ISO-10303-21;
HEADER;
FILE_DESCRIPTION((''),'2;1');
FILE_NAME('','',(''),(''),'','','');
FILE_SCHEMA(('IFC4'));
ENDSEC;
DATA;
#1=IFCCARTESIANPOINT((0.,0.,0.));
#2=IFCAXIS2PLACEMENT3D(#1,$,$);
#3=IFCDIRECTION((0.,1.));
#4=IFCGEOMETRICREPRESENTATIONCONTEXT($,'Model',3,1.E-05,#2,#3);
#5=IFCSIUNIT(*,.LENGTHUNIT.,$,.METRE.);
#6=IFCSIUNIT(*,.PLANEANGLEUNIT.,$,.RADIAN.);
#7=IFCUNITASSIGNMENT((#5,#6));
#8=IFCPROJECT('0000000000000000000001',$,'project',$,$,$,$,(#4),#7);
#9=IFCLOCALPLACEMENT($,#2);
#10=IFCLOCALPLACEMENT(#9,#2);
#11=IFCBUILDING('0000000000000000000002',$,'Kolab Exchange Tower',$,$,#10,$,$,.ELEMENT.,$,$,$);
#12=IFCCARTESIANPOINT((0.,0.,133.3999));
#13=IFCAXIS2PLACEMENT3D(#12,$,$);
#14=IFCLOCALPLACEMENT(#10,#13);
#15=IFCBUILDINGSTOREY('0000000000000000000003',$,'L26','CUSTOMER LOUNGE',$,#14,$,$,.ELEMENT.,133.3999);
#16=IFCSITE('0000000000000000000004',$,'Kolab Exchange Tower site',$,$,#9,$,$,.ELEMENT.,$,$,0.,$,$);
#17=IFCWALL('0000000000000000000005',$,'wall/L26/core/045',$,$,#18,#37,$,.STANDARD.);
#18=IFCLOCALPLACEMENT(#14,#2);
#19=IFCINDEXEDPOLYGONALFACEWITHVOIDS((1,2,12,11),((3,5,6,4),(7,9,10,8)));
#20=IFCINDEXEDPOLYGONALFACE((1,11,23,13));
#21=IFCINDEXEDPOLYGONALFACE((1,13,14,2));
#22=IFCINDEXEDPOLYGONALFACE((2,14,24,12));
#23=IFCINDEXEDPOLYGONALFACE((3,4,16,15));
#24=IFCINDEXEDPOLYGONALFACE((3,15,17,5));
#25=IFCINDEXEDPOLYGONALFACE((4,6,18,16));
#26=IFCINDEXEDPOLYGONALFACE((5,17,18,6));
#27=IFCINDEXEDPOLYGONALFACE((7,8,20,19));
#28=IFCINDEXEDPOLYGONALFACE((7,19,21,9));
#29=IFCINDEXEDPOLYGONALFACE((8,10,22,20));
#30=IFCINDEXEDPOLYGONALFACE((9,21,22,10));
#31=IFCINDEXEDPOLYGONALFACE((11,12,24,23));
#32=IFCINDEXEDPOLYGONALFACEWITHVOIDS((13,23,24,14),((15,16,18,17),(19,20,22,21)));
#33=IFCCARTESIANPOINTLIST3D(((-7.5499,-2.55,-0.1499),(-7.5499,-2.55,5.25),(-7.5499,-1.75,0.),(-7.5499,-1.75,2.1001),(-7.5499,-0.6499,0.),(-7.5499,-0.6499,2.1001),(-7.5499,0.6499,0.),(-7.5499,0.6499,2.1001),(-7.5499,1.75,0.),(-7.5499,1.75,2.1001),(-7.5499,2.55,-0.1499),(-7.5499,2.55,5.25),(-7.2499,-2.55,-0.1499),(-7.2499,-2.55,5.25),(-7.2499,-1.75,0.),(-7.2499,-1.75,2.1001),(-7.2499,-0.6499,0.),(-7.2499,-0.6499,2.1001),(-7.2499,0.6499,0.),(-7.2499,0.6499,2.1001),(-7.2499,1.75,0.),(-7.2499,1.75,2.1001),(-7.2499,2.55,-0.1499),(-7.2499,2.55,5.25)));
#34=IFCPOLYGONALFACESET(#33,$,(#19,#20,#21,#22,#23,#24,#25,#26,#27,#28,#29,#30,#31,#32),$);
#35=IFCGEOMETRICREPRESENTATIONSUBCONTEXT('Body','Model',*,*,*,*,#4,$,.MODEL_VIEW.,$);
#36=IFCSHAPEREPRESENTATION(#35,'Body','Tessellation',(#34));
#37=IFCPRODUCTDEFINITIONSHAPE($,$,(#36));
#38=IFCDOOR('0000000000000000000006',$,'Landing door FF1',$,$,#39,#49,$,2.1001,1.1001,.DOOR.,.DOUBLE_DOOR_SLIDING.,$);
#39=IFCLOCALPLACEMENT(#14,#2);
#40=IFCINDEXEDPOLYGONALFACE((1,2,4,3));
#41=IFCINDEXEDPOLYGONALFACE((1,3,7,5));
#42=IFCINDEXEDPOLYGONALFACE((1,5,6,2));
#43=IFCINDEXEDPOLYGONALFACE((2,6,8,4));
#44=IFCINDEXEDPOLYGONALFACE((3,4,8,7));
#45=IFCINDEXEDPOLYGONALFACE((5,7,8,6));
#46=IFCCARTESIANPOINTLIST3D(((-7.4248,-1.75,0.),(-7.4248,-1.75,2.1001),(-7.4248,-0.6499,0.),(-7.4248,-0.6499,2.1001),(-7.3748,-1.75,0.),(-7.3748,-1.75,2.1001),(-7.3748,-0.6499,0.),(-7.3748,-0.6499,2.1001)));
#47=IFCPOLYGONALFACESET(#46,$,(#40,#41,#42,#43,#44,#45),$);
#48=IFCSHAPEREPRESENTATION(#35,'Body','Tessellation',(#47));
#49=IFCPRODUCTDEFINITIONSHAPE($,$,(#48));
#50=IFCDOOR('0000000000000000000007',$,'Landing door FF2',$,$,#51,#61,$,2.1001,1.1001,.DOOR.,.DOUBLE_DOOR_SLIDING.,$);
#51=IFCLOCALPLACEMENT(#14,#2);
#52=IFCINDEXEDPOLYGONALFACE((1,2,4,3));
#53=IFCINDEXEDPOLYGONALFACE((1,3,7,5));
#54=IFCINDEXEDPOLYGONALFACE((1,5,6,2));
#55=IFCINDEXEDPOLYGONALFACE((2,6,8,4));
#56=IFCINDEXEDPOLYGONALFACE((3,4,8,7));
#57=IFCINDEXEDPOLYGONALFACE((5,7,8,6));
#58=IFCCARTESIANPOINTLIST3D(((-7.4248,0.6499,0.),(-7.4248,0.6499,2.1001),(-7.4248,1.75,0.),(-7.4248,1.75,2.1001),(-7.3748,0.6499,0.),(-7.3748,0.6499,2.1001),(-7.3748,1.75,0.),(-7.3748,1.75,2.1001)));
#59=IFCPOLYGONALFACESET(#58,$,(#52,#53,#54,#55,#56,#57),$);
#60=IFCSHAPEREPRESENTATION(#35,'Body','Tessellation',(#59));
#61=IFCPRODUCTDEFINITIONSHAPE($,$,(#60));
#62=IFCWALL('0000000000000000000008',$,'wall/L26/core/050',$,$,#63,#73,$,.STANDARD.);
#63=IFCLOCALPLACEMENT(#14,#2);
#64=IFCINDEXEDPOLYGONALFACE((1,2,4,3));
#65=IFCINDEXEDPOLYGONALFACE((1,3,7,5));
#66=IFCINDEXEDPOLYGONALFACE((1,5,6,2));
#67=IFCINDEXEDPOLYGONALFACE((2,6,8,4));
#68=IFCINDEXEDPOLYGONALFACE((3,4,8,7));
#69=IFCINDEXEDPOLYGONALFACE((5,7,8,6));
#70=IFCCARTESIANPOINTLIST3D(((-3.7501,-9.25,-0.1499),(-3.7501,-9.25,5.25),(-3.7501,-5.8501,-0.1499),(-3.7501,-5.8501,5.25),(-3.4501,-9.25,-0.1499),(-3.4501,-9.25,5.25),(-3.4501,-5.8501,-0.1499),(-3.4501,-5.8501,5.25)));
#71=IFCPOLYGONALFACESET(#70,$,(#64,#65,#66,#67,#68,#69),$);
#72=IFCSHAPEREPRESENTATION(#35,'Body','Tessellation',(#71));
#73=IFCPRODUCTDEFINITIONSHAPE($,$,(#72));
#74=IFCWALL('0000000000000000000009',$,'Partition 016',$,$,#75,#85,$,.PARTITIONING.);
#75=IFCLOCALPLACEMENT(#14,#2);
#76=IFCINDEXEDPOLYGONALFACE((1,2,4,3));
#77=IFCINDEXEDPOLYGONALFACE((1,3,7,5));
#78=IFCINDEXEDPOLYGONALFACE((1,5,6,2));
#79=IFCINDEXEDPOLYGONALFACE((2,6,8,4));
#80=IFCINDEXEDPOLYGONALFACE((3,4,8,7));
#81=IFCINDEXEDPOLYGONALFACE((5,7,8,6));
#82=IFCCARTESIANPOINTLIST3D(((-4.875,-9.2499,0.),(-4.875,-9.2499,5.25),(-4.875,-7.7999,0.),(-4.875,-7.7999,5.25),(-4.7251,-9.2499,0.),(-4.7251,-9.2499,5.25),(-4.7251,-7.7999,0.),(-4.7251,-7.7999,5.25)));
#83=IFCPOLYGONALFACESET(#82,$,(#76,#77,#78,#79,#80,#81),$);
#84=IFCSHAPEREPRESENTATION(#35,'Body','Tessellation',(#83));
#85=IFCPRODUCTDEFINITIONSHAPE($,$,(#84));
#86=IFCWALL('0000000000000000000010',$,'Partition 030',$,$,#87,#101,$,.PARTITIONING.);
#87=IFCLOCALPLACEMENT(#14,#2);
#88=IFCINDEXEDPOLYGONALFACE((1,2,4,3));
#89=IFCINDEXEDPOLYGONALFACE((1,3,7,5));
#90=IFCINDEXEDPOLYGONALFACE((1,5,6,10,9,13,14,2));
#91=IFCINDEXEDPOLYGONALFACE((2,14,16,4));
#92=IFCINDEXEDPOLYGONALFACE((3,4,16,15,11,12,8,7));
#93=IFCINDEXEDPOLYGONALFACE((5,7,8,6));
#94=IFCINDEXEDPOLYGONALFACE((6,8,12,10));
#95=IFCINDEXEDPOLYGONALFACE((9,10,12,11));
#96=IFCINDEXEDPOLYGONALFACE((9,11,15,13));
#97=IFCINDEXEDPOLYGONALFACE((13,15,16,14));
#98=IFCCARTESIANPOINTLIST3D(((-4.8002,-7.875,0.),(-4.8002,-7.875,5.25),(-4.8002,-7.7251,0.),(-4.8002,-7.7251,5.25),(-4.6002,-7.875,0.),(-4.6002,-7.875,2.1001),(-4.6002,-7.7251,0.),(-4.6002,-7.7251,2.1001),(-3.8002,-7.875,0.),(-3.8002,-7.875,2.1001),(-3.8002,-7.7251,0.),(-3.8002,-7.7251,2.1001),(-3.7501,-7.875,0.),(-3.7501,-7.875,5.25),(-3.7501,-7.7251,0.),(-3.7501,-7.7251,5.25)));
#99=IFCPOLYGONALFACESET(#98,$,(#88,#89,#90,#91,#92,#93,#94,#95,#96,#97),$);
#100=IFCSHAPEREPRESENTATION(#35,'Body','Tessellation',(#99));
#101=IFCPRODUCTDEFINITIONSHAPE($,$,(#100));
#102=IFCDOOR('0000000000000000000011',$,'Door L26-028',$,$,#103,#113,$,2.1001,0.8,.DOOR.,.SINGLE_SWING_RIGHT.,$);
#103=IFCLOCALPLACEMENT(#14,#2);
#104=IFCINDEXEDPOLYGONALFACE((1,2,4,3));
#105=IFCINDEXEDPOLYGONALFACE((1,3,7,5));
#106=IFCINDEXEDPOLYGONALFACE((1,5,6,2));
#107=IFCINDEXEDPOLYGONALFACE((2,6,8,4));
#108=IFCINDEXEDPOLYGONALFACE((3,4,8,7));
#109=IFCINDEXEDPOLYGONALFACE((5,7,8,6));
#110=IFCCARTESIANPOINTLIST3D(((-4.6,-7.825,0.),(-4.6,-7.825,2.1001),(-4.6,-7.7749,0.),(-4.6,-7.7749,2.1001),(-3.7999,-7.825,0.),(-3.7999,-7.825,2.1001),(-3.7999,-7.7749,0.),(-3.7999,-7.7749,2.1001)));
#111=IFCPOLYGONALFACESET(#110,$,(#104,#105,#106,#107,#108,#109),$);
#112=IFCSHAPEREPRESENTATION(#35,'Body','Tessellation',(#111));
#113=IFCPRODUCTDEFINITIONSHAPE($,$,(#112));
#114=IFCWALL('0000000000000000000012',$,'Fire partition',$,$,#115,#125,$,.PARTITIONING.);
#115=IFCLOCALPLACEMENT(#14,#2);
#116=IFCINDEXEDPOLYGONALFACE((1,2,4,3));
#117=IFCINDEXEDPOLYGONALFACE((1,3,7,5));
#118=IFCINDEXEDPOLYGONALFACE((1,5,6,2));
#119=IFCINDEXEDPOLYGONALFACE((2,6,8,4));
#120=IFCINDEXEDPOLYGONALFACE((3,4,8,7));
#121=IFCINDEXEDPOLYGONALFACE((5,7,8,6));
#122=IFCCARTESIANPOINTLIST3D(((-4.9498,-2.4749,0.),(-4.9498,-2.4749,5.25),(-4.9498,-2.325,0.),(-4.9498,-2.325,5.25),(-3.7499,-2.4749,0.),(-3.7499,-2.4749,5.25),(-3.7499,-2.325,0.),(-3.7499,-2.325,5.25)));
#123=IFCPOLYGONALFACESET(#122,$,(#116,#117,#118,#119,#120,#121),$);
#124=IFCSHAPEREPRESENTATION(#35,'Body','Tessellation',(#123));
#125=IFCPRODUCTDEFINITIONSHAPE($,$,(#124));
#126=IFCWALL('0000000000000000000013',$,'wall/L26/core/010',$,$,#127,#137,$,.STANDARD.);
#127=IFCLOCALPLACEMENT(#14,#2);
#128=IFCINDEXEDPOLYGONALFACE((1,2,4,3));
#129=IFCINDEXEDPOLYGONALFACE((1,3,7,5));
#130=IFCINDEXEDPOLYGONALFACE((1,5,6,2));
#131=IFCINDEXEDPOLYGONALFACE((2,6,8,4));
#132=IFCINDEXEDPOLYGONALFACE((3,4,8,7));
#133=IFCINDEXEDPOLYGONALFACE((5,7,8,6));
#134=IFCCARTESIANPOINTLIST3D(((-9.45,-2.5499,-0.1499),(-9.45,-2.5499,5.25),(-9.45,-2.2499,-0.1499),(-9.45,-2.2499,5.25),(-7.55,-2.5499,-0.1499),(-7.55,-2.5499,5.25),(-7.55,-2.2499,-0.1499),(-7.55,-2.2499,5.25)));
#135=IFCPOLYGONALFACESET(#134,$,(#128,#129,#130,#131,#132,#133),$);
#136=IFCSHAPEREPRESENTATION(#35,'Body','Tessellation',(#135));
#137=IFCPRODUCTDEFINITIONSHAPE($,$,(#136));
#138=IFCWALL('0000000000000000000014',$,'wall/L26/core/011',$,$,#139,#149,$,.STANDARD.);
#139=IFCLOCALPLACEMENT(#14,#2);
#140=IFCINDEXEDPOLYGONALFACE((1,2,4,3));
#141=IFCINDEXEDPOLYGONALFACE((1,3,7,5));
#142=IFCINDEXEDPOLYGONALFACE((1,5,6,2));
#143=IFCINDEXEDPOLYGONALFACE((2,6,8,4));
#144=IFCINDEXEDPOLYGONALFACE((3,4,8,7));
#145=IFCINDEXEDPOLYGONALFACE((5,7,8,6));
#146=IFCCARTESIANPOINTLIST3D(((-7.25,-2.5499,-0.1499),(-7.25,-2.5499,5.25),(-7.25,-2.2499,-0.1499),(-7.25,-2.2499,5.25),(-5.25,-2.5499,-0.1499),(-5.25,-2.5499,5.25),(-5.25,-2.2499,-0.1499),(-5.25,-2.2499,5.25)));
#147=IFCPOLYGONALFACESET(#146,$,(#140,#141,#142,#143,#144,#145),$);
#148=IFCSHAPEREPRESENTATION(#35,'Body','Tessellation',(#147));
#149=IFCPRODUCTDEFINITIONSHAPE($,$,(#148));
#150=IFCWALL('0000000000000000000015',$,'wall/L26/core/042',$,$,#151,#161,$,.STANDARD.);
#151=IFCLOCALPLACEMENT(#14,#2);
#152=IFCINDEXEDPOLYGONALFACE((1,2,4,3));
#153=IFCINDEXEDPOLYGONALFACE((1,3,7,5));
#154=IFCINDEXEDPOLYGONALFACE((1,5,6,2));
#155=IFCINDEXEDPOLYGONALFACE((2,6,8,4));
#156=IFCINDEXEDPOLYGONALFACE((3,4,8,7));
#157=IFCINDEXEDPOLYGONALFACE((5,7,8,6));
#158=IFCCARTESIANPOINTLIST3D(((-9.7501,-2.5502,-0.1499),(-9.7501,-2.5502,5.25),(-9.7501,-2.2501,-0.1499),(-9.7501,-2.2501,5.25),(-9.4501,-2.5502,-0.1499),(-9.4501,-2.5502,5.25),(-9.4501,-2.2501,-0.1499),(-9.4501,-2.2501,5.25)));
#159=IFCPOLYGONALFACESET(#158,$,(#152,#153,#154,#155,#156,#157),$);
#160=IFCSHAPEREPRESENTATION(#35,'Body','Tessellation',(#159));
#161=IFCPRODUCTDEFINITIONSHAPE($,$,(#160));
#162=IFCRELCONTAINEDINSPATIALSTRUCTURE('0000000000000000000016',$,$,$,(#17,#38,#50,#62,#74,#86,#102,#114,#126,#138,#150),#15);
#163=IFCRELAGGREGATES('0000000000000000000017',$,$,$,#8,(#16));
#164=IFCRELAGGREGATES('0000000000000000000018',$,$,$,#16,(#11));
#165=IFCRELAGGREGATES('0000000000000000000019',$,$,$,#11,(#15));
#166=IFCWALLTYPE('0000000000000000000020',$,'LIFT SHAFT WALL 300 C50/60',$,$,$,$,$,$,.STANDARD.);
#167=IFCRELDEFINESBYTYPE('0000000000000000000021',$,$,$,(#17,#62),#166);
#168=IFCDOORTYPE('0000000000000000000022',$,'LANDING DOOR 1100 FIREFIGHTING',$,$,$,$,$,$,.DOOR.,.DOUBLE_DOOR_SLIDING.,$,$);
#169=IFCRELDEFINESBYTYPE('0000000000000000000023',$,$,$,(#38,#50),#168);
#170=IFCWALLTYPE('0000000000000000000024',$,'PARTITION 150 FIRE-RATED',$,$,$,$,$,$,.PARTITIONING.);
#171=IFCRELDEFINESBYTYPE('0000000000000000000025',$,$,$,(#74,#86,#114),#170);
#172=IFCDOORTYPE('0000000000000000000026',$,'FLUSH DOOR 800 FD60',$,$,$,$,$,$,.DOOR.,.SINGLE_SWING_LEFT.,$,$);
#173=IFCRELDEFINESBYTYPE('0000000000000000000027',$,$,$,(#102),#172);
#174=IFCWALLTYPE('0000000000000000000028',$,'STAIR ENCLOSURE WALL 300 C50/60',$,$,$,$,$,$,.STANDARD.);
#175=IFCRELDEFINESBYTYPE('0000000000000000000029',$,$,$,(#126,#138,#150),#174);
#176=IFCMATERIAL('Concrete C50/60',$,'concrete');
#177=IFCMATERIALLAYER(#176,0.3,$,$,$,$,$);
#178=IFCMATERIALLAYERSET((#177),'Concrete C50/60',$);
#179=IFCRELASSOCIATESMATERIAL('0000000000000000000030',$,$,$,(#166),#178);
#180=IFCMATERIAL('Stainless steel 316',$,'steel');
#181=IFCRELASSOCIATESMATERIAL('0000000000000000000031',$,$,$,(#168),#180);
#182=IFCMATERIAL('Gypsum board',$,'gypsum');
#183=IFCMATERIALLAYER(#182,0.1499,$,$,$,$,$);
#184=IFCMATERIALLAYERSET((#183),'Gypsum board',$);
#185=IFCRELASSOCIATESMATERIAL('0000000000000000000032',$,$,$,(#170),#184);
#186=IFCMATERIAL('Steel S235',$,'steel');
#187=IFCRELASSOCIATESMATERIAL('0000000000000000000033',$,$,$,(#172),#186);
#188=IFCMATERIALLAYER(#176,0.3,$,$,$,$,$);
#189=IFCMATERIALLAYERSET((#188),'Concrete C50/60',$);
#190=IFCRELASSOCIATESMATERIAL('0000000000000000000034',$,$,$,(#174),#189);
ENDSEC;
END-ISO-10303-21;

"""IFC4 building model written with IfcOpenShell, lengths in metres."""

from ifc_helpers import new_model, si_unit, direction, frame, frame_2d, origin, place, context, subcontext, project, spatial, rectangle, extrude, material, layer, layer_set, type_object, element, fill, save


model = new_model("IFC4")

# Units and contexts
model_context = context("Model", 3, precision=1e-05, world=origin(), true_north=direction((0.0, 1.0)))
body_context = subcontext(model_context, "Body", "Model", "MODEL_VIEW")
ifc_project = project(units=[si_unit("LENGTHUNIT", "METRE"), si_unit("PLANEANGLEUNIT", "RADIAN")], contexts=[model_context])

# Site, building, storey
site_placement = place(None, origin())
site = spatial("IfcSite", under=ifc_project, at=site_placement, Name="Kolab Exchange Tower site", CompositionType="ELEMENT", RefElevation=0.0)
building_placement = place(site_placement, origin())
building = spatial("IfcBuilding", under=site, at=building_placement, Name="Kolab Exchange Tower", CompositionType="ELEMENT")
storey_placement = place(building_placement, frame((0.0, 0.0, 133.3999)))
storey = spatial("IfcBuildingStorey", under=building, at=storey_placement, Name="L26", Description="CUSTOMER LOUNGE", CompositionType="ELEMENT", Elevation=133.3999)

# Wall, openings, doors
ifc_material_1 = material(Name="Concrete C50/60", Category="concrete")
ifc_layer_1 = layer(ifc_material_1, 0.3)
ifc_layer_set_1 = layer_set([ifc_layer_1], Name="Concrete C50/60")
wall_type_1 = type_object("IfcWallType", Name="LIFT SHAFT WALL 300 C50/60", PredefinedType="STANDARD", material=ifc_layer_set_1)
wall_1_placement = place(storey_placement, frame((-7.3999, -2.55, -0.1499), z_axis=(0.0, 0.0, 1.0), x_axis=(0.0, 1.0, 0.0)))
wall_1 = element("IfcWall", 1, at=wall_1_placement, inside=storey, type_object=wall_type_1, Name="wall/L26/core/045", PredefinedType="STANDARD", context=body_context, shape_type="SweptSolid", body=[
    extrude(rectangle(XDim=5.1001, YDim=0.3, at=frame_2d((2.55, 0.0))), origin(), (0.0, 0.0, 1.0), 5.3999),
])
opening_1_placement = place(wall_1_placement, frame((0.8, 0.0, 0.1499)))
opening_1 = element("IfcOpeningElement", 2, at=opening_1_placement, cuts=wall_1, PredefinedType="OPENING", context=body_context, shape_type="SweptSolid", body=[
    extrude(rectangle(XDim=1.1001, YDim=2.1001, at=frame_2d((0.55, 1.05))), frame((0.0, 0.1602, 0.0), z_axis=(0.0, -1.0, 0.0), x_axis=(1.0, 0.0, 0.0)), (0.0, 0.0, 1.0), 0.3201),
])
opening_2_placement = place(wall_1_placement, frame((3.2, 0.0, 0.1499)))
opening_2 = element("IfcOpeningElement", 3, at=opening_2_placement, cuts=wall_1, PredefinedType="OPENING", context=body_context, shape_type="SweptSolid", body=[
    extrude(rectangle(XDim=1.1001, YDim=2.1001, at=frame_2d((0.55, 1.05))), frame((0.0, 0.1602, 0.0), z_axis=(0.0, -1.0, 0.0), x_axis=(1.0, 0.0, 0.0)), (0.0, 0.0, 1.0), 0.3201),
])
ifc_material_2 = material(Name="Stainless steel 316", Category="steel")
door_type_1 = type_object("IfcDoorType", Name="LANDING DOOR 1100 FIREFIGHTING", OperationType="DOUBLE_DOOR_SLIDING", PredefinedType="DOOR", material=ifc_material_2)
door_1_placement = place(opening_1_placement, origin())
door_1 = element("IfcDoor", 4, at=door_1_placement, inside=storey, type_object=door_type_1, Name="Landing door FF1", OperationType="DOUBLE_DOOR_SLIDING", OverallHeight=2.1001, OverallWidth=1.1001, PredefinedType="DOOR", context=body_context, shape_type="SweptSolid", body=[
    extrude(rectangle(XDim=1.1001, YDim=2.1001, at=frame_2d((0.55, 1.05))), frame((0.0, 0.0249, 0.0), z_axis=(0.0, -1.0, 0.0), x_axis=(1.0, 0.0, 0.0)), (0.0, 0.0, 1.0), 0.05),
])
fill(opening_1, door_1)
door_2_placement = place(opening_2_placement, origin())
door_2 = element("IfcDoor", 5, at=door_2_placement, inside=storey, type_object=door_type_1, Name="Landing door FF2", OperationType="DOUBLE_DOOR_SLIDING", OverallHeight=2.1001, OverallWidth=1.1001, PredefinedType="DOOR", context=body_context, shape_type="SweptSolid", body=[
    extrude(rectangle(XDim=1.1001, YDim=2.1001, at=frame_2d((0.55, 1.05))), frame((0.0, 0.0249, 0.0), z_axis=(0.0, -1.0, 0.0), x_axis=(1.0, 0.0, 0.0)), (0.0, 0.0, 1.0), 0.05),
])
fill(opening_2, door_2)

# Walls
wall_2_placement = place(storey_placement, frame((-3.6001, -9.25, -0.1499), z_axis=(0.0, 0.0, 1.0), x_axis=(0.0, 1.0, 0.0)))
element("IfcWall", 6, at=wall_2_placement, inside=storey, type_object=wall_type_1, Name="wall/L26/core/050", PredefinedType="STANDARD", context=body_context, shape_type="SweptSolid", body=[
    extrude(rectangle(XDim=3.3999, YDim=0.3, at=frame_2d((1.7, 0.0))), origin(), (0.0, 0.0, 1.0), 5.3999),
])
ifc_material_3 = material(Name="Gypsum board", Category="gypsum")
ifc_layer_2 = layer(ifc_material_3, 0.1499)
ifc_layer_set_2 = layer_set([ifc_layer_2], Name="Gypsum board")
wall_type_2 = type_object("IfcWallType", Name="PARTITION 150 FIRE-RATED", PredefinedType="PARTITIONING", material=ifc_layer_set_2)
wall_3_placement = place(storey_placement, frame((-4.8, -9.25, 0.0), z_axis=(0.0, 0.0, 1.0), x_axis=(0.0, 1.0, 0.0)))
element("IfcWall", 7, at=wall_3_placement, inside=storey, type_object=wall_type_2, Name="Partition 016", PredefinedType="PARTITIONING", context=body_context, shape_type="SweptSolid", body=[
    extrude(rectangle(XDim=1.45, YDim=0.1499, at=frame_2d((0.7251, 0.0))), origin(), (0.0, 0.0, 1.0), 5.25),
])

# Wall, opening, door
wall_4_placement = place(storey_placement, frame((-4.8, -7.8, 0.0), z_axis=(0.0, 0.0, 1.0), x_axis=(1.0, 0.0, 0.0)))
wall_4 = element("IfcWall", 8, at=wall_4_placement, inside=storey, type_object=wall_type_2, Name="Partition 030", PredefinedType="PARTITIONING", context=body_context, shape_type="SweptSolid", body=[
    extrude(rectangle(XDim=1.05, YDim=0.1499, at=frame_2d((0.5249, 0.0))), origin(), (0.0, 0.0, 1.0), 5.25),
])
opening_3_placement = place(wall_4_placement, frame((0.2, 0.0, 0.0)))
opening_3 = element("IfcOpeningElement", 9, at=opening_3_placement, cuts=wall_4, PredefinedType="OPENING", context=body_context, shape_type="SweptSolid", body=[
    extrude(rectangle(XDim=0.8, YDim=2.1001, at=frame_2d((0.3999, 1.05))), frame((0.0, 0.085, 0.0), z_axis=(0.0, -1.0, 0.0), x_axis=(1.0, 0.0, 0.0)), (0.0, 0.0, 1.0), 0.1699),
])
ifc_material_4 = material(Name="Steel S235", Category="steel")
door_type_2 = type_object("IfcDoorType", Name="FLUSH DOOR 800 FD60", OperationType="SINGLE_SWING_LEFT", PredefinedType="DOOR", material=ifc_material_4)
door_3_placement = place(opening_3_placement, frame((0.8, 0.0, 0.0), z_axis=(0.0, 0.0, 1.0), x_axis=(-1.0, 0.0, 0.0)))
door_3 = element("IfcDoor", 10, at=door_3_placement, inside=storey, type_object=door_type_2, Name="Door L26-028", OperationType="SINGLE_SWING_RIGHT", OverallHeight=2.1001, OverallWidth=0.8, PredefinedType="DOOR", context=body_context, shape_type="SweptSolid", body=[
    extrude(rectangle(XDim=0.8, YDim=2.1001, at=frame_2d((0.3999, 1.05))), frame((0.0, 0.0249, 0.0), z_axis=(0.0, -1.0, 0.0), x_axis=(1.0, 0.0, 0.0)), (0.0, 0.0, 1.0), 0.05),
])
fill(opening_3, door_3)

# Walls
wall_5_placement = place(storey_placement, frame((-4.95, -2.3999, 0.0), z_axis=(0.0, 0.0, 1.0), x_axis=(1.0, 0.0, 0.0)))
element("IfcWall", 11, at=wall_5_placement, inside=storey, type_object=wall_type_2, Name="Fire partition", PredefinedType="PARTITIONING", context=body_context, shape_type="SweptSolid", body=[
    extrude(rectangle(XDim=1.2, YDim=0.1499, at=frame_2d((0.6001, 0.0))), origin(), (0.0, 0.0, 1.0), 5.25),
])
ifc_layer_3 = layer(ifc_material_1, 0.3)
ifc_layer_set_3 = layer_set([ifc_layer_3], Name="Concrete C50/60")
wall_type_3 = type_object("IfcWallType", Name="STAIR ENCLOSURE WALL 300 C50/60", PredefinedType="STANDARD", material=ifc_layer_set_3)
wall_6_placement = place(storey_placement, frame((-9.45, -2.3999, -0.1499), z_axis=(0.0, 0.0, 1.0), x_axis=(1.0, 0.0, 0.0)))
element("IfcWall", 12, at=wall_6_placement, inside=storey, type_object=wall_type_3, Name="wall/L26/core/010", PredefinedType="STANDARD", context=body_context, shape_type="SweptSolid", body=[
    extrude(rectangle(XDim=1.8999, YDim=0.3, at=frame_2d((0.95, 0.0))), origin(), (0.0, 0.0, 1.0), 5.3999),
])
wall_7_placement = place(storey_placement, frame((-7.25, -2.3999, -0.1499), z_axis=(0.0, 0.0, 1.0), x_axis=(1.0, 0.0, 0.0)))
element("IfcWall", 13, at=wall_7_placement, inside=storey, type_object=wall_type_3, Name="wall/L26/core/011", PredefinedType="STANDARD", context=body_context, shape_type="SweptSolid", body=[
    extrude(rectangle(XDim=2.0, YDim=0.3, at=frame_2d((1.0, 0.0))), origin(), (0.0, 0.0, 1.0), 5.3999),
])
wall_8_placement = place(storey_placement, frame((-9.6001, -2.55, -0.1499), z_axis=(0.0, 0.0, 1.0), x_axis=(0.0, 1.0, 0.0)))
element("IfcWall", 14, at=wall_8_placement, inside=storey, type_object=wall_type_3, Name="wall/L26/core/042", PredefinedType="STANDARD", context=body_context, shape_type="SweptSolid", body=[
    extrude(rectangle(XDim=0.3, YDim=0.3, at=frame_2d((0.1499, 0.0))), origin(), (0.0, 0.0, 1.0), 5.3999),
])

save(model, "model.ifc")
